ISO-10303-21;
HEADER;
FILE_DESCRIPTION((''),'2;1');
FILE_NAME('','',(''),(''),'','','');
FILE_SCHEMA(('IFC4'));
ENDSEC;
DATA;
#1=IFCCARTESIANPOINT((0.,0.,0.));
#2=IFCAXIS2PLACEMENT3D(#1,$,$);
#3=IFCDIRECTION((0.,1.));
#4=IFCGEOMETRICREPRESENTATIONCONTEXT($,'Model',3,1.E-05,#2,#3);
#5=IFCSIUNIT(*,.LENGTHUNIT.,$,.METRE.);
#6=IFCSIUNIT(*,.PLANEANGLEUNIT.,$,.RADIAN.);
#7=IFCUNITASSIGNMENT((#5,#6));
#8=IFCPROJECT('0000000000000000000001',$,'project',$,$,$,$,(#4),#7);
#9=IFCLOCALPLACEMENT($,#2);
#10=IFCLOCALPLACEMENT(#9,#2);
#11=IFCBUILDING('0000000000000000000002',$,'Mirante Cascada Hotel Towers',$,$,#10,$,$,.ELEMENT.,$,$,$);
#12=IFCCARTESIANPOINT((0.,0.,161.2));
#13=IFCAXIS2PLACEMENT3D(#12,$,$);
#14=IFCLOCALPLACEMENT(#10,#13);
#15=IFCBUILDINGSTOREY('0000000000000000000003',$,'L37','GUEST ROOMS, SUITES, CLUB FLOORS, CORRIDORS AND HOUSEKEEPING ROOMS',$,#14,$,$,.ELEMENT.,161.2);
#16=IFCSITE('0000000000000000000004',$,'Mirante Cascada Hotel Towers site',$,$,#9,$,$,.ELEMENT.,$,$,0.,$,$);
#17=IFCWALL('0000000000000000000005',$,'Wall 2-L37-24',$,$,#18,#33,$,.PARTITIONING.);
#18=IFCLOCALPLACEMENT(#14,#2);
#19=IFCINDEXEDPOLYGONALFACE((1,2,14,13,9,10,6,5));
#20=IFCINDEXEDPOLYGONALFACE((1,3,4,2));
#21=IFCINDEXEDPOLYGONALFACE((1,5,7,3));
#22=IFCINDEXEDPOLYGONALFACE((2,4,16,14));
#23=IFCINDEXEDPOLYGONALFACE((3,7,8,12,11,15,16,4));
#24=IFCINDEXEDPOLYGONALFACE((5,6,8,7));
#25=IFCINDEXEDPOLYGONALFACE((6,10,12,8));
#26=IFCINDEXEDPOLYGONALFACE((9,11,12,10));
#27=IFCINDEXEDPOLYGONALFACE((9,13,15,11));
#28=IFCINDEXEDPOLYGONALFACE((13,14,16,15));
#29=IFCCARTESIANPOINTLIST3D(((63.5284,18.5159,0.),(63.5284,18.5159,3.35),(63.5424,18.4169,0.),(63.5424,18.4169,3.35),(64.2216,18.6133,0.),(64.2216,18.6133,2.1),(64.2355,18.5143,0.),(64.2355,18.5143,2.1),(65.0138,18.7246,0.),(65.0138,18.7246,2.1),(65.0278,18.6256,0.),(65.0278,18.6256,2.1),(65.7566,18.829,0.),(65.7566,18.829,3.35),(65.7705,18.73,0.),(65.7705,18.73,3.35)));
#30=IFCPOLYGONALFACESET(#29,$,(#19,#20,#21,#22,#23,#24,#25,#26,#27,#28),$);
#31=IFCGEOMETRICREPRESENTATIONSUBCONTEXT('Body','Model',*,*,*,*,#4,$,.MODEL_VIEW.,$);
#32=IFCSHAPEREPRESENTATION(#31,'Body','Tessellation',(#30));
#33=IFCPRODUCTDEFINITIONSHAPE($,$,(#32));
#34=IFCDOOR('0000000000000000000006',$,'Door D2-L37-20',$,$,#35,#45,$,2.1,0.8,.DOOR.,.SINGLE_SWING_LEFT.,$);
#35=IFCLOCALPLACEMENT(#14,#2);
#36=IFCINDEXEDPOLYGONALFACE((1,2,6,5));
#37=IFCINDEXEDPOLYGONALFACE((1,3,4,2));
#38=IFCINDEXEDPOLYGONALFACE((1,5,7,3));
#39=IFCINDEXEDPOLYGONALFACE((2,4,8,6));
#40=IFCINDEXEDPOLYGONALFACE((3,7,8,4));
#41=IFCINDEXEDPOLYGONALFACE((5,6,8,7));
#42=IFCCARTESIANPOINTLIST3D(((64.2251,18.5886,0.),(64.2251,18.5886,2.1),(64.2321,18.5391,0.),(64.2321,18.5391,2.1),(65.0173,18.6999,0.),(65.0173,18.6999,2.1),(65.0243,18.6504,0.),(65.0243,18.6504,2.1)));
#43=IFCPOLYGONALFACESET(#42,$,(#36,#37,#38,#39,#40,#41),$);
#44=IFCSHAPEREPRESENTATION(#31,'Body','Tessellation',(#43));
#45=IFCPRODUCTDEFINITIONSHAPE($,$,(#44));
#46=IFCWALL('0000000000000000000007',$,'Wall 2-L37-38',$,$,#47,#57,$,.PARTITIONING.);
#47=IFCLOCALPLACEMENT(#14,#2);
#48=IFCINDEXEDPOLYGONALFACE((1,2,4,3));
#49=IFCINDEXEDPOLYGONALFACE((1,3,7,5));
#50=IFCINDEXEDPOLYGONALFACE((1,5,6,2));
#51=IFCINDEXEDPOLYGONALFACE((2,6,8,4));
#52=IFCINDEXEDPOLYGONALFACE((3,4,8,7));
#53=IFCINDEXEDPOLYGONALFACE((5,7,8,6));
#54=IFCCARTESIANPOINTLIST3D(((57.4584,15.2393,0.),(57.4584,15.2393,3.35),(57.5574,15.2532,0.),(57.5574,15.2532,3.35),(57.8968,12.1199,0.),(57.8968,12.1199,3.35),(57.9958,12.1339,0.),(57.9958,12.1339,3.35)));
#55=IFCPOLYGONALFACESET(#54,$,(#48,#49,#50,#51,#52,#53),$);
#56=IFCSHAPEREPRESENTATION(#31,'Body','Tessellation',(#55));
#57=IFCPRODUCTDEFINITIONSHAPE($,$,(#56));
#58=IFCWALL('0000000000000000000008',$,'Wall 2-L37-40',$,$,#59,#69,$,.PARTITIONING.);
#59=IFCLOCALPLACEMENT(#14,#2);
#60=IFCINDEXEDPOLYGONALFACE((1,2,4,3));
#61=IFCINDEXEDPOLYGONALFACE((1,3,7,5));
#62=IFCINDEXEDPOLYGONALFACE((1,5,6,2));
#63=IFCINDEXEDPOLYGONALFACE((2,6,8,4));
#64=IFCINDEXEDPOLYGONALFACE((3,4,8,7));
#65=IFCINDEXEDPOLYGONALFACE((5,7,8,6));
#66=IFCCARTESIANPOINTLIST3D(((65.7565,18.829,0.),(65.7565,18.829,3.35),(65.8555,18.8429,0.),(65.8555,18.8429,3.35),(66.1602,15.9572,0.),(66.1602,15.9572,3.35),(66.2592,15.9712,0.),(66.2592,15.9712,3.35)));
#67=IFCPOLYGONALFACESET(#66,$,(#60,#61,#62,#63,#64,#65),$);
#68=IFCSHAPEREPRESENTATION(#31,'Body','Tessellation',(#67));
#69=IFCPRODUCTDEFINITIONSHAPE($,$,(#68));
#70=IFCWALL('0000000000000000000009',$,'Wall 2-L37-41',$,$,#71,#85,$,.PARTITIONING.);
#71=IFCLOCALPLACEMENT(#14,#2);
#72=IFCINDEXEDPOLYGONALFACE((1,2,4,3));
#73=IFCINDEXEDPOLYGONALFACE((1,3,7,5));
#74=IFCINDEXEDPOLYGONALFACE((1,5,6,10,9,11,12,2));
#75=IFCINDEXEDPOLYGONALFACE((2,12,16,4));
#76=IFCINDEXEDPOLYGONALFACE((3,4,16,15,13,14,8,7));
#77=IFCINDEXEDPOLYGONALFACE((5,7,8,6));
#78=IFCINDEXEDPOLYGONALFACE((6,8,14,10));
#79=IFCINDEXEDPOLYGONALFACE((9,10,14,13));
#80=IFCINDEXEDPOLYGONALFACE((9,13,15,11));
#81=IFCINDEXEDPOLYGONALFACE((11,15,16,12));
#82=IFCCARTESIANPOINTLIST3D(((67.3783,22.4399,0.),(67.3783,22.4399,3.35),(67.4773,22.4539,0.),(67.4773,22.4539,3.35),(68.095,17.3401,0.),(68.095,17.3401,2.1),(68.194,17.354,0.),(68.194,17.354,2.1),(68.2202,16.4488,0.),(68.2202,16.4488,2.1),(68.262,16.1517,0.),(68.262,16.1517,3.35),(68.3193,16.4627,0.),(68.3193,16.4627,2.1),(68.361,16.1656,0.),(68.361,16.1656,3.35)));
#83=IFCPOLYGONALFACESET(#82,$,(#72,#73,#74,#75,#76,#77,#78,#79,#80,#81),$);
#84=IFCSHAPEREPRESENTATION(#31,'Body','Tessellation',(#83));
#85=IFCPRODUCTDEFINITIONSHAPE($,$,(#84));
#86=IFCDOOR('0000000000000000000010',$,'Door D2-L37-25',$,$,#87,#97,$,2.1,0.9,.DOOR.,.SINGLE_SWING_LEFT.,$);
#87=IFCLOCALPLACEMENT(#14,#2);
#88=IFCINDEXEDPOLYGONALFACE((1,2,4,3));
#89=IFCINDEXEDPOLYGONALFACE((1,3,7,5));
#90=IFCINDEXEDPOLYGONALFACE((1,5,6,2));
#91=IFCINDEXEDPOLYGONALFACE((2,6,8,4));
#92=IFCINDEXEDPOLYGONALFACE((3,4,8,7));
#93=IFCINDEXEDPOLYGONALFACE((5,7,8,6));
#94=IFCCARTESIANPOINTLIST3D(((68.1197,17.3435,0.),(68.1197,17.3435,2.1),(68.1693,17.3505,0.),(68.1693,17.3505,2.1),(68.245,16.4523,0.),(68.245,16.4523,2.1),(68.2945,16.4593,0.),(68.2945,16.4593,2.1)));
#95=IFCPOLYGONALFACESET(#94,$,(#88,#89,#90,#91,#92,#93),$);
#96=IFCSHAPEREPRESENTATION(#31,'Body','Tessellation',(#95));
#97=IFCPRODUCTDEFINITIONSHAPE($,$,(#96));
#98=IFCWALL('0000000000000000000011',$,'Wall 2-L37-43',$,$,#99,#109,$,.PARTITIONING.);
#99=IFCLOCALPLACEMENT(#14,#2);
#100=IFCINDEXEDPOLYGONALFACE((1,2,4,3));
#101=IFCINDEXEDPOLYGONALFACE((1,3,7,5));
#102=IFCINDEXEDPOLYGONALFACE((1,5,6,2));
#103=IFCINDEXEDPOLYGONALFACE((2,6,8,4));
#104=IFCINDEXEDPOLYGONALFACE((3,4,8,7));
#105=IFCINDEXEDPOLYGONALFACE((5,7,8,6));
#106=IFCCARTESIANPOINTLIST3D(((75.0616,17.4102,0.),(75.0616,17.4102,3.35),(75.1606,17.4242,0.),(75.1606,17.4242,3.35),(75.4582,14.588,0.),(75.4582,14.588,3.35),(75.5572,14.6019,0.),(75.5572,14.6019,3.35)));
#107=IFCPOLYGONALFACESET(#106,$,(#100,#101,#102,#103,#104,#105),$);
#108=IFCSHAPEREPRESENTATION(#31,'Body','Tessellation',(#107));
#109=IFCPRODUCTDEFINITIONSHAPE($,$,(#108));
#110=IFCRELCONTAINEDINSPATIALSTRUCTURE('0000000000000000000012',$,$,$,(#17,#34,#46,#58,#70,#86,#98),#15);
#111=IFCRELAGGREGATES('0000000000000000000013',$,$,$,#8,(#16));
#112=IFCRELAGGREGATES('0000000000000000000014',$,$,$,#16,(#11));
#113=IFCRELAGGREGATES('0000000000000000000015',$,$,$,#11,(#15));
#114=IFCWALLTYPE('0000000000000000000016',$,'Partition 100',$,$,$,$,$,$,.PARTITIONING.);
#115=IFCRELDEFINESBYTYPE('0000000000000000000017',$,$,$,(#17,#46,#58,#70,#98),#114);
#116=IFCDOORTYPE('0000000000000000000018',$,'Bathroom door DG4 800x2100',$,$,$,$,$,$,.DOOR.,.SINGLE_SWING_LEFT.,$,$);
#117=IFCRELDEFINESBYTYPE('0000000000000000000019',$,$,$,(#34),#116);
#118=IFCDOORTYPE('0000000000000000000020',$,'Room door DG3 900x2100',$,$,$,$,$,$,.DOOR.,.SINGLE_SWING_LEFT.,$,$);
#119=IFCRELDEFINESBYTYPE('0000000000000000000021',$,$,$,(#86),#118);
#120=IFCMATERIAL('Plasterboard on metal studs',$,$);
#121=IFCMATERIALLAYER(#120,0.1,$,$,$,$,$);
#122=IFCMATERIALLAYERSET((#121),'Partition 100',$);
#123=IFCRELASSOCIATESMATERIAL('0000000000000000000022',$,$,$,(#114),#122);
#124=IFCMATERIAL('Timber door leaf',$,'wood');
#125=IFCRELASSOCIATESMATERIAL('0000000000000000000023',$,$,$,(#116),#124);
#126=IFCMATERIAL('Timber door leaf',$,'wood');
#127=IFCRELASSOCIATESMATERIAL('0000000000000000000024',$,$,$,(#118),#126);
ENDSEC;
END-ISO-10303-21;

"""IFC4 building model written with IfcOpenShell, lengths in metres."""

from ifc_helpers import new_model, si_unit, direction, frame, frame_2d, origin, place, context, subcontext, project, spatial, rectangle, extrude, material, layer, layer_set, type_object, element, fill, save


model = new_model("IFC4")

# Units and contexts
model_context = context("Model", 3, precision=1e-05, world=origin(), true_north=direction((0.0, 1.0)))
body_context = subcontext(model_context, "Body", "Model", "MODEL_VIEW")
ifc_project = project(units=[si_unit("LENGTHUNIT", "METRE"), si_unit("PLANEANGLEUNIT", "RADIAN")], contexts=[model_context])

# Site, building, storey
site_placement = place(None, origin())
site = spatial("IfcSite", under=ifc_project, at=site_placement, Name="Mirante Cascada Hotel Towers site", CompositionType="ELEMENT", RefElevation=0.0)
building_placement = place(site_placement, origin())
building = spatial("IfcBuilding", under=site, at=building_placement, Name="Mirante Cascada Hotel Towers", CompositionType="ELEMENT")
storey_placement = place(building_placement, frame((0.0, 0.0, 161.2)))
storey = spatial("IfcBuildingStorey", under=building, at=storey_placement, Name="L37", Description="GUEST ROOMS, SUITES, CLUB FLOORS, CORRIDORS AND HOUSEKEEPING ROOMS", CompositionType="ELEMENT", Elevation=161.2)

# Shared definitions
ifc_material_1 = material(Name="Plasterboard on metal studs")
ifc_layer_1 = layer(ifc_material_1, 0.1)
ifc_layer_set_1 = layer_set([ifc_layer_1], Name="Partition 100")
wall_type_1 = type_object("IfcWallType", Name="Partition 100", PredefinedType="PARTITIONING", material=ifc_layer_set_1)

# Wall, opening, door
ifc_material_2 = material(Name="Timber door leaf", Category="wood")
door_type_1 = type_object("IfcDoorType", Name="Bathroom door DG4 800x2100", OperationType="SINGLE_SWING_LEFT", PredefinedType="DOOR", material=ifc_material_2)
ifc_material_3 = material(Name="Timber door leaf", Category="wood")
door_type_2 = type_object("IfcDoorType", Name="Room door DG3 900x2100", OperationType="SINGLE_SWING_LEFT", PredefinedType="DOOR", material=ifc_material_3)
wall_1_placement = place(storey_placement, frame((63.5354, 18.4664, 0.0), z_axis=(0.0, 0.0, 1.0), x_axis=(0.990271, 0.139156, 0.0)))
wall_1 = element("IfcWall", 1, at=wall_1_placement, inside=storey, type_object=wall_type_1, Name="Wall 2-L37-24", PredefinedType="PARTITIONING", context=body_context, shape_type="SweptSolid", body=[
    extrude(rectangle(XDim=2.25, YDim=0.1, at=frame_2d((1.125, 0.0))), origin(), (0.0, 0.0, 1.0), 3.35),
])
opening_1_placement = place(wall_1_placement, frame((0.7, 0.0, 0.0)))
opening_1 = element("IfcOpeningElement", 2, at=opening_1_placement, cuts=wall_1, PredefinedType="OPENING", context=body_context, shape_type="SweptSolid", body=[
    extrude(rectangle(XDim=0.8, YDim=2.1, at=frame_2d((0.4, 1.05))), frame((0.0, 0.05, 0.0), z_axis=(0.0, -1.0, 0.0), x_axis=(1.0, 0.0, 0.0)), (0.0, 0.0, 1.0), 0.1),
])
door_1_placement = place(opening_1_placement, origin())
door_1 = element("IfcDoor", 3, at=door_1_placement, inside=storey, type_object=door_type_1, Name="Door D2-L37-20", OperationType="SINGLE_SWING_LEFT", OverallHeight=2.1, OverallWidth=0.8, PredefinedType="DOOR", context=body_context, shape_type="SweptSolid", body=[
    extrude(rectangle(XDim=0.8, YDim=2.1, at=frame_2d((0.4, 1.05))), frame((0.0, 0.025, 0.0), z_axis=(0.0, -1.0, 0.0), x_axis=(1.0, 0.0, 0.0)), (0.0, 0.0, 1.0), 0.05),
])
fill(opening_1, door_1)

# Walls
wall_2_placement = place(storey_placement, frame((57.9463, 12.1269, 0.0), z_axis=(0.0, 0.0, 1.0), x_axis=(-0.139177, 0.990268, 0.0)))
element("IfcWall", 4, at=wall_2_placement, inside=storey, type_object=wall_type_1, Name="Wall 2-L37-38", PredefinedType="PARTITIONING", context=body_context, shape_type="SweptSolid", body=[
    extrude(rectangle(XDim=3.15, YDim=0.1, at=frame_2d((1.575, 0.0))), origin(), (0.0, 0.0, 1.0), 3.35),
])
wall_3_placement = place(storey_placement, frame((66.2097, 15.9642, 0.0), z_axis=(0.0, 0.0, 1.0), x_axis=(-0.139205, 0.990264, 0.0)))
element("IfcWall", 5, at=wall_3_placement, inside=storey, type_object=wall_type_1, Name="Wall 2-L37-40", PredefinedType="PARTITIONING", context=body_context, shape_type="SweptSolid", body=[
    extrude(rectangle(XDim=2.9, YDim=0.1, at=frame_2d((1.45, 0.0))), origin(), (0.0, 0.0, 1.0), 3.35),
])

# Wall, opening, door
wall_4_placement = place(storey_placement, frame((67.4278, 22.4469, 0.0), z_axis=(0.0, 0.0, 1.0), x_axis=(0.139166, -0.990269, 0.0)))
wall_4 = element("IfcWall", 6, at=wall_4_placement, inside=storey, type_object=wall_type_1, Name="Wall 2-L37-41", PredefinedType="PARTITIONING", context=body_context, shape_type="SweptSolid", body=[
    extrude(rectangle(XDim=6.35, YDim=0.1, at=frame_2d((3.175, 0.0))), origin(), (0.0, 0.0, 1.0), 3.35),
])
opening_2_placement = place(wall_4_placement, frame((5.15, 0.0, 0.0)))
opening_2 = element("IfcOpeningElement", 7, at=opening_2_placement, cuts=wall_4, PredefinedType="OPENING", context=body_context, shape_type="SweptSolid", body=[
    extrude(rectangle(XDim=0.9, YDim=2.1, at=frame_2d((0.45, 1.05))), frame((0.0, 0.05, 0.0), z_axis=(0.0, -1.0, 0.0), x_axis=(1.0, 0.0, 0.0)), (0.0, 0.0, 1.0), 0.1),
])
door_2_placement = place(opening_2_placement, origin())
door_2 = element("IfcDoor", 8, at=door_2_placement, inside=storey, type_object=door_type_2, Name="Door D2-L37-25", OperationType="SINGLE_SWING_LEFT", OverallHeight=2.1, OverallWidth=0.9, PredefinedType="DOOR", context=body_context, shape_type="SweptSolid", body=[
    extrude(rectangle(XDim=0.9, YDim=2.1, at=frame_2d((0.45, 1.05))), frame((0.0, 0.025, 0.0), z_axis=(0.0, -1.0, 0.0), x_axis=(1.0, 0.0, 0.0)), (0.0, 0.0, 1.0), 0.05),
])
fill(opening_2, door_2)

# Wall
wall_5_placement = place(storey_placement, frame((75.1111, 17.4172, 0.0), z_axis=(0.0, 0.0, 1.0), x_axis=(0.139156, -0.99027, 0.0)))
element("IfcWall", 9, at=wall_5_placement, inside=storey, type_object=wall_type_1, Name="Wall 2-L37-43", PredefinedType="PARTITIONING", context=body_context, shape_type="SweptSolid", body=[
    extrude(rectangle(XDim=2.85, YDim=0.1, at=frame_2d((1.425, 0.0))), origin(), (0.0, 0.0, 1.0), 3.35),
])

save(model, "model.ifc")
